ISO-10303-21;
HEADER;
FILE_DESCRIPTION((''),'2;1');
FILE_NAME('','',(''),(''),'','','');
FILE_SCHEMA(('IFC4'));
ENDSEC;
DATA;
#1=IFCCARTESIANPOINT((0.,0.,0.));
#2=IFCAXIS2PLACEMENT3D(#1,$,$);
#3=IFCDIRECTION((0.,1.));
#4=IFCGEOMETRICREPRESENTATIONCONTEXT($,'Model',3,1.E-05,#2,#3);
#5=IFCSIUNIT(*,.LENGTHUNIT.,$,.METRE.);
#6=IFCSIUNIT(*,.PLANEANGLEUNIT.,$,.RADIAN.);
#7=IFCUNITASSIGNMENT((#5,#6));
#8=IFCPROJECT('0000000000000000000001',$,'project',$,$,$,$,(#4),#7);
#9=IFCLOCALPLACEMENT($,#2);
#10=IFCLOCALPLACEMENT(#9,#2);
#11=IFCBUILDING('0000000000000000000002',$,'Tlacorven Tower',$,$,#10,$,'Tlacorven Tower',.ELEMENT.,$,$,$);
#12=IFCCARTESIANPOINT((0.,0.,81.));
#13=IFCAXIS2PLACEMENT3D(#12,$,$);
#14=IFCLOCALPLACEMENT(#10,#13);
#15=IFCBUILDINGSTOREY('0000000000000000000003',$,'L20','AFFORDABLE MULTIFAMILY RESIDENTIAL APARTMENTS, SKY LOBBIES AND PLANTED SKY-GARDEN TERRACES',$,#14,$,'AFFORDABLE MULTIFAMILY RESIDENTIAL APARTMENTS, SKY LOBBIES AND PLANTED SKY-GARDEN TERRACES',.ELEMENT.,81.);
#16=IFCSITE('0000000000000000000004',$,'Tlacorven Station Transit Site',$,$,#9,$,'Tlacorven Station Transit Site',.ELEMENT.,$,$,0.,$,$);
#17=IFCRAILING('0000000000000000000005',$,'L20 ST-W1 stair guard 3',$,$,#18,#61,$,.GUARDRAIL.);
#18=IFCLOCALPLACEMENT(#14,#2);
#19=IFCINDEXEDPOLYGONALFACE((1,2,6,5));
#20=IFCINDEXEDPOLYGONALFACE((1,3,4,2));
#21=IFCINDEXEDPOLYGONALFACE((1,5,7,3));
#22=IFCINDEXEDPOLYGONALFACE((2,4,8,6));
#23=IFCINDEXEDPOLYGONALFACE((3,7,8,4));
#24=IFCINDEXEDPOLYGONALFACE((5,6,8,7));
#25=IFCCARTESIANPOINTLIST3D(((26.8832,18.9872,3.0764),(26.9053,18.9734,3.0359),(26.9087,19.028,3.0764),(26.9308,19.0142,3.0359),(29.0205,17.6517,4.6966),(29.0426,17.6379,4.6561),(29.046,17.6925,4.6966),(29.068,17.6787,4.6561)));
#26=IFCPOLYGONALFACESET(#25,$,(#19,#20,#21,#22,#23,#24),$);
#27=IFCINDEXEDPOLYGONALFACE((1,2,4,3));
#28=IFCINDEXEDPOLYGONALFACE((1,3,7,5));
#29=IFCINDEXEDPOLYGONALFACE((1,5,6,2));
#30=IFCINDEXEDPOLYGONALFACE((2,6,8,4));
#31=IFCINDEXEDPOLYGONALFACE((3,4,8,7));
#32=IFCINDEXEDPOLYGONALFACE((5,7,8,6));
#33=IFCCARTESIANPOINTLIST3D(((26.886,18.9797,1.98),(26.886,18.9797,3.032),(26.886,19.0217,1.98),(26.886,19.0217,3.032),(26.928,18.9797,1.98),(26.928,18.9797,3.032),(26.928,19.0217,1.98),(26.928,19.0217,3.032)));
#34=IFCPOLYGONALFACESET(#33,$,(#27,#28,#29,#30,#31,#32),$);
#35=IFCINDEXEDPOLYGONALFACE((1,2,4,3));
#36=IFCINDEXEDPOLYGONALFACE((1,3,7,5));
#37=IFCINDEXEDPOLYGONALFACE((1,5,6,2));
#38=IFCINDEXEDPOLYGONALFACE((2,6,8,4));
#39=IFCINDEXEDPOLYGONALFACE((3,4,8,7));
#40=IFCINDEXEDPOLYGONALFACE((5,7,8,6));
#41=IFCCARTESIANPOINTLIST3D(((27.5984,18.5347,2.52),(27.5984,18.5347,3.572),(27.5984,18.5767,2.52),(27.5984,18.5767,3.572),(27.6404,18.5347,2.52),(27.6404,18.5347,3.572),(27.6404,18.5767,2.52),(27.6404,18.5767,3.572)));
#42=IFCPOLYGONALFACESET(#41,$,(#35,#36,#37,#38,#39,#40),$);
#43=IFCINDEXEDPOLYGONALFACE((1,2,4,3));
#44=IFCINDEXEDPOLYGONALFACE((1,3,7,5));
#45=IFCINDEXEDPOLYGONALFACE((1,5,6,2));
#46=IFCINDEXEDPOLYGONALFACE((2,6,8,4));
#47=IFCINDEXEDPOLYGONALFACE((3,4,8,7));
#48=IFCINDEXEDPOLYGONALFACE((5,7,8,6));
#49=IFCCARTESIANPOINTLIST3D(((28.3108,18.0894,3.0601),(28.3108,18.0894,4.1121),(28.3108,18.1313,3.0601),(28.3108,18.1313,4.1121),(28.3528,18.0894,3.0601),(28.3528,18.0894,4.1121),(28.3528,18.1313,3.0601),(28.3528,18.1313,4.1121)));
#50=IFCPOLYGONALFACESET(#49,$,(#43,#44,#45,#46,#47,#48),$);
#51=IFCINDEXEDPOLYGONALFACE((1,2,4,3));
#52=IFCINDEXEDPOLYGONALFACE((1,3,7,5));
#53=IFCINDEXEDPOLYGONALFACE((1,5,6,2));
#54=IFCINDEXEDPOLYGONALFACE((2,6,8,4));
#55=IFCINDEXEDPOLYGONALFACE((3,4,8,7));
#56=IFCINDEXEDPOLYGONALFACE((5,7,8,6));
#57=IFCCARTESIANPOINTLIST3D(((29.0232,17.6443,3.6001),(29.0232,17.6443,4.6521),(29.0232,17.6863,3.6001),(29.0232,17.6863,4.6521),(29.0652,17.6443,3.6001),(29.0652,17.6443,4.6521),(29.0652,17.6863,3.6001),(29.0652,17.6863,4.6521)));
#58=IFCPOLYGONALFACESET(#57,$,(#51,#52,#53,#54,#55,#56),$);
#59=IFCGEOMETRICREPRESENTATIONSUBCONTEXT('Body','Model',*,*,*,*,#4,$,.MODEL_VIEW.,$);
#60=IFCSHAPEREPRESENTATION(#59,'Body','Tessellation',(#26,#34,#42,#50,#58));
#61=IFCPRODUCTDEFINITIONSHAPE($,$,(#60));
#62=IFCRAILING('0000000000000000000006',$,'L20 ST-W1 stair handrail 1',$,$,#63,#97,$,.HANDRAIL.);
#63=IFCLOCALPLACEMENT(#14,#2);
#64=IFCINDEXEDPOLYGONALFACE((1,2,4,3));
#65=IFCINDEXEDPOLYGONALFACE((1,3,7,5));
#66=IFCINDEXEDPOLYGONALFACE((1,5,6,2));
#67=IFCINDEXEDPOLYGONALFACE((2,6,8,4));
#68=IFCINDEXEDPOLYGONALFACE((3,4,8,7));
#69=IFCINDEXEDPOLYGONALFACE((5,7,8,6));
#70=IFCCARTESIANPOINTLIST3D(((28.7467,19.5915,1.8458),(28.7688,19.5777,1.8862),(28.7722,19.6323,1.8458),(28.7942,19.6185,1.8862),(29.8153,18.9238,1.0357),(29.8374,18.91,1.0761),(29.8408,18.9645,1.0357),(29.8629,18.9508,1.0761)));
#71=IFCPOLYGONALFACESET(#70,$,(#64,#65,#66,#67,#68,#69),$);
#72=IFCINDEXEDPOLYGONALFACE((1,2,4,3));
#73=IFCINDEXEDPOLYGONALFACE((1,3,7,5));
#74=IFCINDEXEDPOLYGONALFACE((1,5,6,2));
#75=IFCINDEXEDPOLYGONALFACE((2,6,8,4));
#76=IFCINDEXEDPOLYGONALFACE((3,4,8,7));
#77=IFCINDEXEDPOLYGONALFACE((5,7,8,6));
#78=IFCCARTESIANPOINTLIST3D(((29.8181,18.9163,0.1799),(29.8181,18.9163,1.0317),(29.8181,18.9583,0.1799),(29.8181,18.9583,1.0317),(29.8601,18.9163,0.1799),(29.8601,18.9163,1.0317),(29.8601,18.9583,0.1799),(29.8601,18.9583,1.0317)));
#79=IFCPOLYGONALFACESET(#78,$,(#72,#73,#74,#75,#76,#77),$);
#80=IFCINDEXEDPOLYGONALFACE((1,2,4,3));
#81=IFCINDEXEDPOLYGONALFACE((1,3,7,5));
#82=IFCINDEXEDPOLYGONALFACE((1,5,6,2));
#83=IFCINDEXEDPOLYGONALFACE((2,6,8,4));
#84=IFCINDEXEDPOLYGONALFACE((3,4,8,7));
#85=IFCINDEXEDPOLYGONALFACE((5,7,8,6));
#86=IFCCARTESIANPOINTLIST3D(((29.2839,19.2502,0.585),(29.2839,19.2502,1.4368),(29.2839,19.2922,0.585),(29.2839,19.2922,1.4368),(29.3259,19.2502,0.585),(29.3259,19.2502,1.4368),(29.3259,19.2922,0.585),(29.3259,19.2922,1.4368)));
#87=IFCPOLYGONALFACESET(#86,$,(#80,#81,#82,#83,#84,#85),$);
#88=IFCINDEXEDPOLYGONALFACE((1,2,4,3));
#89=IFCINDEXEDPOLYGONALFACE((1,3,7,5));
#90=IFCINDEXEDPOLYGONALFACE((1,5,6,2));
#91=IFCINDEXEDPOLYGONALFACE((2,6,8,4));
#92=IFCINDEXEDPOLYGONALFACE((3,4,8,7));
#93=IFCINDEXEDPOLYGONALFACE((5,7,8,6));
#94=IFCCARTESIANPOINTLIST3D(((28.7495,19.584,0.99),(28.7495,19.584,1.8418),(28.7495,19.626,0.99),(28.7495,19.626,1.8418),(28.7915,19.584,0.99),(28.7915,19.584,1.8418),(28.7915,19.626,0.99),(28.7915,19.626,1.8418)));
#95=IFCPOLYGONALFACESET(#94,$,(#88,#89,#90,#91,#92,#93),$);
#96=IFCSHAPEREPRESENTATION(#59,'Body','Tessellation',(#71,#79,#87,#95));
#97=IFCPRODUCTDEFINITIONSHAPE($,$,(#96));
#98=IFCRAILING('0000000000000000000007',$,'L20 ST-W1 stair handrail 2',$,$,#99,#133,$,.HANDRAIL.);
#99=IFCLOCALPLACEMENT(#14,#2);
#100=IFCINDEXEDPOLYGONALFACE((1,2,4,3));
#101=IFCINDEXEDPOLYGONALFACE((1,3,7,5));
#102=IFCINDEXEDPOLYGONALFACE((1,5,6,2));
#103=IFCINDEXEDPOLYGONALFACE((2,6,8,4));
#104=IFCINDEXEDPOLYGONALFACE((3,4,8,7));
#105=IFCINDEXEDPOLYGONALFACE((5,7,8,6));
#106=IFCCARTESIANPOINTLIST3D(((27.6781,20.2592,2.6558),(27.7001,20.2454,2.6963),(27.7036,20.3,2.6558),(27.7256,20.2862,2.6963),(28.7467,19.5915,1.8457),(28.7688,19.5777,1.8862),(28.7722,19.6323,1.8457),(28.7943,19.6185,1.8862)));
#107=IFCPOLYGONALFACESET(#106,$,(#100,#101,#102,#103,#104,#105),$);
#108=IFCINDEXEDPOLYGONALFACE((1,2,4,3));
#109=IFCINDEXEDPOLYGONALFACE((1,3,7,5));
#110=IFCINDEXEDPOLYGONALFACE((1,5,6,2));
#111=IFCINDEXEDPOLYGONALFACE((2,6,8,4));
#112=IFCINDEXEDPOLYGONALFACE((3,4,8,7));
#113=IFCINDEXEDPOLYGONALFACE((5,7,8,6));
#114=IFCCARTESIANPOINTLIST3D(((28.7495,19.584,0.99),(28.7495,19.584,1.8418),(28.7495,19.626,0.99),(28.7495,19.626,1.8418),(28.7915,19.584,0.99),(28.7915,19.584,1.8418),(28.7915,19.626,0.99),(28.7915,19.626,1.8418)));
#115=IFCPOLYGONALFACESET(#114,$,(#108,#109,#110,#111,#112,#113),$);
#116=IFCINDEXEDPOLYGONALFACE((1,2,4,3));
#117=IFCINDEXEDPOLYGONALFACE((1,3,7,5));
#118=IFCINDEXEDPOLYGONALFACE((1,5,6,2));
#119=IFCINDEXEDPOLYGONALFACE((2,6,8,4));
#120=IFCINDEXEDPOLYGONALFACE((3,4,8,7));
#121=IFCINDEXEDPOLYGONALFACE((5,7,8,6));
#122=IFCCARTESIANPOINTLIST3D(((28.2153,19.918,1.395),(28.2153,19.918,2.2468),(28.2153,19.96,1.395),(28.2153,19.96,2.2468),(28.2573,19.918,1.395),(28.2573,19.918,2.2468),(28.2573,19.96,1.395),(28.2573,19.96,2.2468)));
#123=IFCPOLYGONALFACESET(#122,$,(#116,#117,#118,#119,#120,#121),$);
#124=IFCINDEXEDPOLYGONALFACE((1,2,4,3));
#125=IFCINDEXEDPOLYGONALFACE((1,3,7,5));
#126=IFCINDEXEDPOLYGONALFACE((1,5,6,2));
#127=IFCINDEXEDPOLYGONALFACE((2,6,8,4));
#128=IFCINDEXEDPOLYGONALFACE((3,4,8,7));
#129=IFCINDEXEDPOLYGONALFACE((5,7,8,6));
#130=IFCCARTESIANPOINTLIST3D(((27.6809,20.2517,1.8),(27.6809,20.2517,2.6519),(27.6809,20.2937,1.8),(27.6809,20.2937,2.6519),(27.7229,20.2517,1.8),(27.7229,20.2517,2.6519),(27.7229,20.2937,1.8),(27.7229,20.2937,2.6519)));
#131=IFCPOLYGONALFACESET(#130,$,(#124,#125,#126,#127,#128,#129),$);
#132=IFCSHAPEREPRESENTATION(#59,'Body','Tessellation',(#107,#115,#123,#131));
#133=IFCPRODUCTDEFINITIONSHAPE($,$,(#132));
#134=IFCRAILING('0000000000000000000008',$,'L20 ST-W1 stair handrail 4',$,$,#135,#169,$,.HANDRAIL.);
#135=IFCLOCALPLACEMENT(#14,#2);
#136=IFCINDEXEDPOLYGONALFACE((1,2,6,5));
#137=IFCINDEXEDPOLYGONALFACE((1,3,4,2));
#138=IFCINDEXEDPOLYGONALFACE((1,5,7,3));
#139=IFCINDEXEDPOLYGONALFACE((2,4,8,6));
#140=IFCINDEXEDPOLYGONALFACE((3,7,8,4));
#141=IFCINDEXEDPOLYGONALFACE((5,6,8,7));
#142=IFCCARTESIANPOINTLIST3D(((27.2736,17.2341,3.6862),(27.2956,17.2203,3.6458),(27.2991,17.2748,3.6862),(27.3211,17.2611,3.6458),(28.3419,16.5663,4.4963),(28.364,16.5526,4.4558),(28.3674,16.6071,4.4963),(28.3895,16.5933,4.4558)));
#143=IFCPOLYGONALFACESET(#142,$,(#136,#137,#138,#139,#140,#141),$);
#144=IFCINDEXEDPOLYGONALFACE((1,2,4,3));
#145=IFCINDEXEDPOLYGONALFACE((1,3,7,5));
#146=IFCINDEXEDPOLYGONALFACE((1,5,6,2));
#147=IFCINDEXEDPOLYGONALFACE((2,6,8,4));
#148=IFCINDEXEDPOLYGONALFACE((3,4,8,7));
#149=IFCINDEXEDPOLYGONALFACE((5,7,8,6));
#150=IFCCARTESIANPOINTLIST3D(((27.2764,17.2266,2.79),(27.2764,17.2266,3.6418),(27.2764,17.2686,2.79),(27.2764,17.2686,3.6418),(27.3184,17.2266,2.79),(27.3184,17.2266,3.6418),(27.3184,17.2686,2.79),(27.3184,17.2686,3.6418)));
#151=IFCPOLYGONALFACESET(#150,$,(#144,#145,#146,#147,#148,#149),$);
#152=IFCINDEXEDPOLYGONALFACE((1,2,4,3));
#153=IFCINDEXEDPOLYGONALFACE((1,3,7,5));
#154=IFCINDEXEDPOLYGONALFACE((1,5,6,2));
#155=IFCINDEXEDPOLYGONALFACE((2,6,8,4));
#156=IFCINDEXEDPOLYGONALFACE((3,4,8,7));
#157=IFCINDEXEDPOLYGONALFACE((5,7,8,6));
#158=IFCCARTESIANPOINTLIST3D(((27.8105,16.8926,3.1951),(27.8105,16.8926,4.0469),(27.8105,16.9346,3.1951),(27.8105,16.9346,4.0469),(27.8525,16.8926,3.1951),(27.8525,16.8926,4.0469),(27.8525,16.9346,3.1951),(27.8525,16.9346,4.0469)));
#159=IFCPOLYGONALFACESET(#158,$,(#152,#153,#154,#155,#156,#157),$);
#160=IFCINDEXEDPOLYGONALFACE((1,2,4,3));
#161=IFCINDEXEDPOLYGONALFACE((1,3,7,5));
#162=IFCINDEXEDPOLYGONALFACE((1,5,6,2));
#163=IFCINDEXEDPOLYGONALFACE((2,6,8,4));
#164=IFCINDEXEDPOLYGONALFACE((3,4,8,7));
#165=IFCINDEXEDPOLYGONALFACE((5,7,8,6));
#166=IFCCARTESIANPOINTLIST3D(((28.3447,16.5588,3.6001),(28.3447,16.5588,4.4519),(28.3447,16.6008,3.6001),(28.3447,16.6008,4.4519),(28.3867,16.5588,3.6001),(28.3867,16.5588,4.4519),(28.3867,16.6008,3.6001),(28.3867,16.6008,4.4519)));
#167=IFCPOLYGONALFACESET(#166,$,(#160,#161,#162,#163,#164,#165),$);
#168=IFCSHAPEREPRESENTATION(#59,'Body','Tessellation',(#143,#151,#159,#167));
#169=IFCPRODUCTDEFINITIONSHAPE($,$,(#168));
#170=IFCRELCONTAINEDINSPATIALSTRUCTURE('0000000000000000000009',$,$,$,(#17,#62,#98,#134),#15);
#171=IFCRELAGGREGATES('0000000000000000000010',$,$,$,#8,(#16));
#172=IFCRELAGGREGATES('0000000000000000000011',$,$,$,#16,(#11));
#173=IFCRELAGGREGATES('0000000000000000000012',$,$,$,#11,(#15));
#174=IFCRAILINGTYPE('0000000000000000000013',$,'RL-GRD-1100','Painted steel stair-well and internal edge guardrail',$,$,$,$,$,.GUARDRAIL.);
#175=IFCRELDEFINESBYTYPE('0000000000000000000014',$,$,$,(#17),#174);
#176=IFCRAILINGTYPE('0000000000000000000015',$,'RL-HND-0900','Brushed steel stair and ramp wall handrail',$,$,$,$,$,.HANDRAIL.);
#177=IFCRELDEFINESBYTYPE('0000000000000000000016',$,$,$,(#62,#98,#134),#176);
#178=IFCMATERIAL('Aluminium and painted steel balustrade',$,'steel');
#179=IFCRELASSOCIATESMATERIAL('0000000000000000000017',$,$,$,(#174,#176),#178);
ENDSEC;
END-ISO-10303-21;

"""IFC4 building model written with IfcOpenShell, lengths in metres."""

from ifc_helpers import new_model, si_unit, direction, frame, origin, origin_2d, place, context, subcontext, project, spatial, rectangle, extrude, source, transform, mapped, material, type_object, element, save


model = new_model("IFC4")

# Units and contexts
model_context = context("Model", 3, precision=1e-05, world=origin(), true_north=direction((0.0, 1.0)))
body_context = subcontext(model_context, "Body", "Model", "MODEL_VIEW")
ifc_project = project(units=[si_unit("LENGTHUNIT", "METRE"), si_unit("PLANEANGLEUNIT", "RADIAN")], contexts=[model_context])

# Site, building, storey
site_placement = place(None, origin())
site = spatial("IfcSite", under=ifc_project, at=site_placement, Name="Tlacorven Station Transit Site", LongName="Tlacorven Station Transit Site", CompositionType="ELEMENT", RefElevation=0.0)
building_placement = place(site_placement, origin())
building = spatial("IfcBuilding", under=site, at=building_placement, Name="Tlacorven Tower", LongName="Tlacorven Tower", CompositionType="ELEMENT")
storey_placement = place(building_placement, frame((0.0, 0.0, 81.0)))
storey = spatial("IfcBuildingStorey", under=building, at=storey_placement, Name="L20", Description="AFFORDABLE MULTIFAMILY RESIDENTIAL APARTMENTS, SKY LOBBIES AND PLANTED SKY-GARDEN TERRACES", LongName="AFFORDABLE MULTIFAMILY RESIDENTIAL APARTMENTS, SKY LOBBIES AND PLANTED SKY-GARDEN TERRACES", CompositionType="ELEMENT", Elevation=81.0)

# Railings
ifc_material_1 = material(Name="Aluminium and painted steel balustrade", Category="steel")
railing_type_1 = type_object("IfcRailingType", Name="RL-GRD-1100", Description="Painted steel stair-well and internal edge guardrail", PredefinedType="GUARDRAIL", material=ifc_material_1)
shared_shape_1 = source(origin(), body_context, "Body", "SweptSolid", [
    extrude(rectangle(XDim=0.0481, YDim=0.0481, at=origin_2d()), frame((0.0, 0.0, 1.0762), z_axis=(0.71336, -0.445748, 0.540765), x_axis=(0.529912, 0.848053, 0.0)), (0.0, 0.0, 1.0), 2.9961),
    extrude(rectangle(XDim=0.042, YDim=0.042, at=origin_2d()), origin(), (0.0, 0.0, 1.0), 1.052),
    extrude(rectangle(XDim=0.042, YDim=0.042, at=origin_2d()), frame((0.7124, -0.4451, 0.54)), (0.0, 0.0, 1.0), 1.052),
    extrude(rectangle(XDim=0.042, YDim=0.042, at=origin_2d()), frame((1.4248, -0.8904, 1.0801)), (0.0, 0.0, 1.0), 1.052),
    extrude(rectangle(XDim=0.042, YDim=0.042, at=origin_2d()), frame((2.1372, -1.3354, 1.6201)), (0.0, 0.0, 1.0), 1.052),
])
railing_1_placement = place(storey_placement, frame((26.907, 19.0007, 1.98)))
element("IfcRailing", 1, at=railing_1_placement, inside=storey, type_object=railing_type_1, Name="L20 ST-W1 stair guard 3", PredefinedType="GUARDRAIL", context=body_context, shape_type="MappedRepresentation", body=[
    mapped(shared_shape_1, transform((0.0, 0.0, 0.0), scale=1.0)),
])
railing_type_2 = type_object("IfcRailingType", Name="RL-HND-0900", Description="Brushed steel stair and ramp wall handrail", PredefinedType="HANDRAIL", material=ifc_material_1)
shared_shape_2 = source(origin(), body_context, "Body", "SweptSolid", [
    extrude(rectangle(XDim=0.0481, YDim=0.0481, at=origin_2d()), frame((0.0, 0.0, 0.876), z_axis=(-0.71336, 0.445748, 0.540765), x_axis=(-0.529912, -0.848053, 0.0)), (0.0, 0.0, 1.0), 1.498),
    extrude(rectangle(XDim=0.042, YDim=0.042, at=origin_2d()), origin(), (0.0, 0.0, 1.0), 0.8518),
    extrude(rectangle(XDim=0.042, YDim=0.042, at=origin_2d()), frame((-0.5342, 0.334, 0.405)), (0.0, 0.0, 1.0), 0.8518),
    extrude(rectangle(XDim=0.042, YDim=0.042, at=origin_2d()), frame((-1.0686, 0.6677, 0.8101)), (0.0, 0.0, 1.0), 0.8518),
])
for number, where, name in (
    (2, (29.8391, 18.9373, 0.1799), "L20 ST-W1 stair handrail 1"),
    (3, (28.7705, 19.605, 0.99), "L20 ST-W1 stair handrail 2"),
):
    element("IfcRailing", number, at=place(storey_placement, frame(where)), inside=storey, type_object=railing_type_2, Name=name, PredefinedType="HANDRAIL", context=body_context, shape_type="MappedRepresentation", body=[
        mapped(shared_shape_2, transform((0.0, 0.0, 0.0), scale=1.0)),
    ])
shared_shape_3 = source(origin(), body_context, "Body", "SweptSolid", [
    extrude(rectangle(XDim=0.0481, YDim=0.0481, at=origin_2d()), frame((0.0, 0.0, 0.876), z_axis=(0.71328, -0.4458, 0.540828), x_axis=(0.529999, 0.847998, 0.0)), (0.0, 0.0, 1.0), 1.4978),
    extrude(rectangle(XDim=0.042, YDim=0.042, at=origin_2d()), origin(), (0.0, 0.0, 1.0), 0.8518),
    extrude(rectangle(XDim=0.042, YDim=0.042, at=origin_2d()), frame((0.5342, -0.334, 0.405)), (0.0, 0.0, 1.0), 0.8518),
    extrude(rectangle(XDim=0.042, YDim=0.042, at=origin_2d()), frame((1.0684, -0.6677, 0.8101)), (0.0, 0.0, 1.0), 0.8518),
])
railing_2_placement = place(storey_placement, frame((27.2974, 17.2476, 2.79)))
element("IfcRailing", 4, at=railing_2_placement, inside=storey, type_object=railing_type_2, Name="L20 ST-W1 stair handrail 4", PredefinedType="HANDRAIL", context=body_context, shape_type="MappedRepresentation", body=[
    mapped(shared_shape_3, transform((0.0, 0.0, 0.0), scale=1.0)),
])

save(model, "model.ifc")
